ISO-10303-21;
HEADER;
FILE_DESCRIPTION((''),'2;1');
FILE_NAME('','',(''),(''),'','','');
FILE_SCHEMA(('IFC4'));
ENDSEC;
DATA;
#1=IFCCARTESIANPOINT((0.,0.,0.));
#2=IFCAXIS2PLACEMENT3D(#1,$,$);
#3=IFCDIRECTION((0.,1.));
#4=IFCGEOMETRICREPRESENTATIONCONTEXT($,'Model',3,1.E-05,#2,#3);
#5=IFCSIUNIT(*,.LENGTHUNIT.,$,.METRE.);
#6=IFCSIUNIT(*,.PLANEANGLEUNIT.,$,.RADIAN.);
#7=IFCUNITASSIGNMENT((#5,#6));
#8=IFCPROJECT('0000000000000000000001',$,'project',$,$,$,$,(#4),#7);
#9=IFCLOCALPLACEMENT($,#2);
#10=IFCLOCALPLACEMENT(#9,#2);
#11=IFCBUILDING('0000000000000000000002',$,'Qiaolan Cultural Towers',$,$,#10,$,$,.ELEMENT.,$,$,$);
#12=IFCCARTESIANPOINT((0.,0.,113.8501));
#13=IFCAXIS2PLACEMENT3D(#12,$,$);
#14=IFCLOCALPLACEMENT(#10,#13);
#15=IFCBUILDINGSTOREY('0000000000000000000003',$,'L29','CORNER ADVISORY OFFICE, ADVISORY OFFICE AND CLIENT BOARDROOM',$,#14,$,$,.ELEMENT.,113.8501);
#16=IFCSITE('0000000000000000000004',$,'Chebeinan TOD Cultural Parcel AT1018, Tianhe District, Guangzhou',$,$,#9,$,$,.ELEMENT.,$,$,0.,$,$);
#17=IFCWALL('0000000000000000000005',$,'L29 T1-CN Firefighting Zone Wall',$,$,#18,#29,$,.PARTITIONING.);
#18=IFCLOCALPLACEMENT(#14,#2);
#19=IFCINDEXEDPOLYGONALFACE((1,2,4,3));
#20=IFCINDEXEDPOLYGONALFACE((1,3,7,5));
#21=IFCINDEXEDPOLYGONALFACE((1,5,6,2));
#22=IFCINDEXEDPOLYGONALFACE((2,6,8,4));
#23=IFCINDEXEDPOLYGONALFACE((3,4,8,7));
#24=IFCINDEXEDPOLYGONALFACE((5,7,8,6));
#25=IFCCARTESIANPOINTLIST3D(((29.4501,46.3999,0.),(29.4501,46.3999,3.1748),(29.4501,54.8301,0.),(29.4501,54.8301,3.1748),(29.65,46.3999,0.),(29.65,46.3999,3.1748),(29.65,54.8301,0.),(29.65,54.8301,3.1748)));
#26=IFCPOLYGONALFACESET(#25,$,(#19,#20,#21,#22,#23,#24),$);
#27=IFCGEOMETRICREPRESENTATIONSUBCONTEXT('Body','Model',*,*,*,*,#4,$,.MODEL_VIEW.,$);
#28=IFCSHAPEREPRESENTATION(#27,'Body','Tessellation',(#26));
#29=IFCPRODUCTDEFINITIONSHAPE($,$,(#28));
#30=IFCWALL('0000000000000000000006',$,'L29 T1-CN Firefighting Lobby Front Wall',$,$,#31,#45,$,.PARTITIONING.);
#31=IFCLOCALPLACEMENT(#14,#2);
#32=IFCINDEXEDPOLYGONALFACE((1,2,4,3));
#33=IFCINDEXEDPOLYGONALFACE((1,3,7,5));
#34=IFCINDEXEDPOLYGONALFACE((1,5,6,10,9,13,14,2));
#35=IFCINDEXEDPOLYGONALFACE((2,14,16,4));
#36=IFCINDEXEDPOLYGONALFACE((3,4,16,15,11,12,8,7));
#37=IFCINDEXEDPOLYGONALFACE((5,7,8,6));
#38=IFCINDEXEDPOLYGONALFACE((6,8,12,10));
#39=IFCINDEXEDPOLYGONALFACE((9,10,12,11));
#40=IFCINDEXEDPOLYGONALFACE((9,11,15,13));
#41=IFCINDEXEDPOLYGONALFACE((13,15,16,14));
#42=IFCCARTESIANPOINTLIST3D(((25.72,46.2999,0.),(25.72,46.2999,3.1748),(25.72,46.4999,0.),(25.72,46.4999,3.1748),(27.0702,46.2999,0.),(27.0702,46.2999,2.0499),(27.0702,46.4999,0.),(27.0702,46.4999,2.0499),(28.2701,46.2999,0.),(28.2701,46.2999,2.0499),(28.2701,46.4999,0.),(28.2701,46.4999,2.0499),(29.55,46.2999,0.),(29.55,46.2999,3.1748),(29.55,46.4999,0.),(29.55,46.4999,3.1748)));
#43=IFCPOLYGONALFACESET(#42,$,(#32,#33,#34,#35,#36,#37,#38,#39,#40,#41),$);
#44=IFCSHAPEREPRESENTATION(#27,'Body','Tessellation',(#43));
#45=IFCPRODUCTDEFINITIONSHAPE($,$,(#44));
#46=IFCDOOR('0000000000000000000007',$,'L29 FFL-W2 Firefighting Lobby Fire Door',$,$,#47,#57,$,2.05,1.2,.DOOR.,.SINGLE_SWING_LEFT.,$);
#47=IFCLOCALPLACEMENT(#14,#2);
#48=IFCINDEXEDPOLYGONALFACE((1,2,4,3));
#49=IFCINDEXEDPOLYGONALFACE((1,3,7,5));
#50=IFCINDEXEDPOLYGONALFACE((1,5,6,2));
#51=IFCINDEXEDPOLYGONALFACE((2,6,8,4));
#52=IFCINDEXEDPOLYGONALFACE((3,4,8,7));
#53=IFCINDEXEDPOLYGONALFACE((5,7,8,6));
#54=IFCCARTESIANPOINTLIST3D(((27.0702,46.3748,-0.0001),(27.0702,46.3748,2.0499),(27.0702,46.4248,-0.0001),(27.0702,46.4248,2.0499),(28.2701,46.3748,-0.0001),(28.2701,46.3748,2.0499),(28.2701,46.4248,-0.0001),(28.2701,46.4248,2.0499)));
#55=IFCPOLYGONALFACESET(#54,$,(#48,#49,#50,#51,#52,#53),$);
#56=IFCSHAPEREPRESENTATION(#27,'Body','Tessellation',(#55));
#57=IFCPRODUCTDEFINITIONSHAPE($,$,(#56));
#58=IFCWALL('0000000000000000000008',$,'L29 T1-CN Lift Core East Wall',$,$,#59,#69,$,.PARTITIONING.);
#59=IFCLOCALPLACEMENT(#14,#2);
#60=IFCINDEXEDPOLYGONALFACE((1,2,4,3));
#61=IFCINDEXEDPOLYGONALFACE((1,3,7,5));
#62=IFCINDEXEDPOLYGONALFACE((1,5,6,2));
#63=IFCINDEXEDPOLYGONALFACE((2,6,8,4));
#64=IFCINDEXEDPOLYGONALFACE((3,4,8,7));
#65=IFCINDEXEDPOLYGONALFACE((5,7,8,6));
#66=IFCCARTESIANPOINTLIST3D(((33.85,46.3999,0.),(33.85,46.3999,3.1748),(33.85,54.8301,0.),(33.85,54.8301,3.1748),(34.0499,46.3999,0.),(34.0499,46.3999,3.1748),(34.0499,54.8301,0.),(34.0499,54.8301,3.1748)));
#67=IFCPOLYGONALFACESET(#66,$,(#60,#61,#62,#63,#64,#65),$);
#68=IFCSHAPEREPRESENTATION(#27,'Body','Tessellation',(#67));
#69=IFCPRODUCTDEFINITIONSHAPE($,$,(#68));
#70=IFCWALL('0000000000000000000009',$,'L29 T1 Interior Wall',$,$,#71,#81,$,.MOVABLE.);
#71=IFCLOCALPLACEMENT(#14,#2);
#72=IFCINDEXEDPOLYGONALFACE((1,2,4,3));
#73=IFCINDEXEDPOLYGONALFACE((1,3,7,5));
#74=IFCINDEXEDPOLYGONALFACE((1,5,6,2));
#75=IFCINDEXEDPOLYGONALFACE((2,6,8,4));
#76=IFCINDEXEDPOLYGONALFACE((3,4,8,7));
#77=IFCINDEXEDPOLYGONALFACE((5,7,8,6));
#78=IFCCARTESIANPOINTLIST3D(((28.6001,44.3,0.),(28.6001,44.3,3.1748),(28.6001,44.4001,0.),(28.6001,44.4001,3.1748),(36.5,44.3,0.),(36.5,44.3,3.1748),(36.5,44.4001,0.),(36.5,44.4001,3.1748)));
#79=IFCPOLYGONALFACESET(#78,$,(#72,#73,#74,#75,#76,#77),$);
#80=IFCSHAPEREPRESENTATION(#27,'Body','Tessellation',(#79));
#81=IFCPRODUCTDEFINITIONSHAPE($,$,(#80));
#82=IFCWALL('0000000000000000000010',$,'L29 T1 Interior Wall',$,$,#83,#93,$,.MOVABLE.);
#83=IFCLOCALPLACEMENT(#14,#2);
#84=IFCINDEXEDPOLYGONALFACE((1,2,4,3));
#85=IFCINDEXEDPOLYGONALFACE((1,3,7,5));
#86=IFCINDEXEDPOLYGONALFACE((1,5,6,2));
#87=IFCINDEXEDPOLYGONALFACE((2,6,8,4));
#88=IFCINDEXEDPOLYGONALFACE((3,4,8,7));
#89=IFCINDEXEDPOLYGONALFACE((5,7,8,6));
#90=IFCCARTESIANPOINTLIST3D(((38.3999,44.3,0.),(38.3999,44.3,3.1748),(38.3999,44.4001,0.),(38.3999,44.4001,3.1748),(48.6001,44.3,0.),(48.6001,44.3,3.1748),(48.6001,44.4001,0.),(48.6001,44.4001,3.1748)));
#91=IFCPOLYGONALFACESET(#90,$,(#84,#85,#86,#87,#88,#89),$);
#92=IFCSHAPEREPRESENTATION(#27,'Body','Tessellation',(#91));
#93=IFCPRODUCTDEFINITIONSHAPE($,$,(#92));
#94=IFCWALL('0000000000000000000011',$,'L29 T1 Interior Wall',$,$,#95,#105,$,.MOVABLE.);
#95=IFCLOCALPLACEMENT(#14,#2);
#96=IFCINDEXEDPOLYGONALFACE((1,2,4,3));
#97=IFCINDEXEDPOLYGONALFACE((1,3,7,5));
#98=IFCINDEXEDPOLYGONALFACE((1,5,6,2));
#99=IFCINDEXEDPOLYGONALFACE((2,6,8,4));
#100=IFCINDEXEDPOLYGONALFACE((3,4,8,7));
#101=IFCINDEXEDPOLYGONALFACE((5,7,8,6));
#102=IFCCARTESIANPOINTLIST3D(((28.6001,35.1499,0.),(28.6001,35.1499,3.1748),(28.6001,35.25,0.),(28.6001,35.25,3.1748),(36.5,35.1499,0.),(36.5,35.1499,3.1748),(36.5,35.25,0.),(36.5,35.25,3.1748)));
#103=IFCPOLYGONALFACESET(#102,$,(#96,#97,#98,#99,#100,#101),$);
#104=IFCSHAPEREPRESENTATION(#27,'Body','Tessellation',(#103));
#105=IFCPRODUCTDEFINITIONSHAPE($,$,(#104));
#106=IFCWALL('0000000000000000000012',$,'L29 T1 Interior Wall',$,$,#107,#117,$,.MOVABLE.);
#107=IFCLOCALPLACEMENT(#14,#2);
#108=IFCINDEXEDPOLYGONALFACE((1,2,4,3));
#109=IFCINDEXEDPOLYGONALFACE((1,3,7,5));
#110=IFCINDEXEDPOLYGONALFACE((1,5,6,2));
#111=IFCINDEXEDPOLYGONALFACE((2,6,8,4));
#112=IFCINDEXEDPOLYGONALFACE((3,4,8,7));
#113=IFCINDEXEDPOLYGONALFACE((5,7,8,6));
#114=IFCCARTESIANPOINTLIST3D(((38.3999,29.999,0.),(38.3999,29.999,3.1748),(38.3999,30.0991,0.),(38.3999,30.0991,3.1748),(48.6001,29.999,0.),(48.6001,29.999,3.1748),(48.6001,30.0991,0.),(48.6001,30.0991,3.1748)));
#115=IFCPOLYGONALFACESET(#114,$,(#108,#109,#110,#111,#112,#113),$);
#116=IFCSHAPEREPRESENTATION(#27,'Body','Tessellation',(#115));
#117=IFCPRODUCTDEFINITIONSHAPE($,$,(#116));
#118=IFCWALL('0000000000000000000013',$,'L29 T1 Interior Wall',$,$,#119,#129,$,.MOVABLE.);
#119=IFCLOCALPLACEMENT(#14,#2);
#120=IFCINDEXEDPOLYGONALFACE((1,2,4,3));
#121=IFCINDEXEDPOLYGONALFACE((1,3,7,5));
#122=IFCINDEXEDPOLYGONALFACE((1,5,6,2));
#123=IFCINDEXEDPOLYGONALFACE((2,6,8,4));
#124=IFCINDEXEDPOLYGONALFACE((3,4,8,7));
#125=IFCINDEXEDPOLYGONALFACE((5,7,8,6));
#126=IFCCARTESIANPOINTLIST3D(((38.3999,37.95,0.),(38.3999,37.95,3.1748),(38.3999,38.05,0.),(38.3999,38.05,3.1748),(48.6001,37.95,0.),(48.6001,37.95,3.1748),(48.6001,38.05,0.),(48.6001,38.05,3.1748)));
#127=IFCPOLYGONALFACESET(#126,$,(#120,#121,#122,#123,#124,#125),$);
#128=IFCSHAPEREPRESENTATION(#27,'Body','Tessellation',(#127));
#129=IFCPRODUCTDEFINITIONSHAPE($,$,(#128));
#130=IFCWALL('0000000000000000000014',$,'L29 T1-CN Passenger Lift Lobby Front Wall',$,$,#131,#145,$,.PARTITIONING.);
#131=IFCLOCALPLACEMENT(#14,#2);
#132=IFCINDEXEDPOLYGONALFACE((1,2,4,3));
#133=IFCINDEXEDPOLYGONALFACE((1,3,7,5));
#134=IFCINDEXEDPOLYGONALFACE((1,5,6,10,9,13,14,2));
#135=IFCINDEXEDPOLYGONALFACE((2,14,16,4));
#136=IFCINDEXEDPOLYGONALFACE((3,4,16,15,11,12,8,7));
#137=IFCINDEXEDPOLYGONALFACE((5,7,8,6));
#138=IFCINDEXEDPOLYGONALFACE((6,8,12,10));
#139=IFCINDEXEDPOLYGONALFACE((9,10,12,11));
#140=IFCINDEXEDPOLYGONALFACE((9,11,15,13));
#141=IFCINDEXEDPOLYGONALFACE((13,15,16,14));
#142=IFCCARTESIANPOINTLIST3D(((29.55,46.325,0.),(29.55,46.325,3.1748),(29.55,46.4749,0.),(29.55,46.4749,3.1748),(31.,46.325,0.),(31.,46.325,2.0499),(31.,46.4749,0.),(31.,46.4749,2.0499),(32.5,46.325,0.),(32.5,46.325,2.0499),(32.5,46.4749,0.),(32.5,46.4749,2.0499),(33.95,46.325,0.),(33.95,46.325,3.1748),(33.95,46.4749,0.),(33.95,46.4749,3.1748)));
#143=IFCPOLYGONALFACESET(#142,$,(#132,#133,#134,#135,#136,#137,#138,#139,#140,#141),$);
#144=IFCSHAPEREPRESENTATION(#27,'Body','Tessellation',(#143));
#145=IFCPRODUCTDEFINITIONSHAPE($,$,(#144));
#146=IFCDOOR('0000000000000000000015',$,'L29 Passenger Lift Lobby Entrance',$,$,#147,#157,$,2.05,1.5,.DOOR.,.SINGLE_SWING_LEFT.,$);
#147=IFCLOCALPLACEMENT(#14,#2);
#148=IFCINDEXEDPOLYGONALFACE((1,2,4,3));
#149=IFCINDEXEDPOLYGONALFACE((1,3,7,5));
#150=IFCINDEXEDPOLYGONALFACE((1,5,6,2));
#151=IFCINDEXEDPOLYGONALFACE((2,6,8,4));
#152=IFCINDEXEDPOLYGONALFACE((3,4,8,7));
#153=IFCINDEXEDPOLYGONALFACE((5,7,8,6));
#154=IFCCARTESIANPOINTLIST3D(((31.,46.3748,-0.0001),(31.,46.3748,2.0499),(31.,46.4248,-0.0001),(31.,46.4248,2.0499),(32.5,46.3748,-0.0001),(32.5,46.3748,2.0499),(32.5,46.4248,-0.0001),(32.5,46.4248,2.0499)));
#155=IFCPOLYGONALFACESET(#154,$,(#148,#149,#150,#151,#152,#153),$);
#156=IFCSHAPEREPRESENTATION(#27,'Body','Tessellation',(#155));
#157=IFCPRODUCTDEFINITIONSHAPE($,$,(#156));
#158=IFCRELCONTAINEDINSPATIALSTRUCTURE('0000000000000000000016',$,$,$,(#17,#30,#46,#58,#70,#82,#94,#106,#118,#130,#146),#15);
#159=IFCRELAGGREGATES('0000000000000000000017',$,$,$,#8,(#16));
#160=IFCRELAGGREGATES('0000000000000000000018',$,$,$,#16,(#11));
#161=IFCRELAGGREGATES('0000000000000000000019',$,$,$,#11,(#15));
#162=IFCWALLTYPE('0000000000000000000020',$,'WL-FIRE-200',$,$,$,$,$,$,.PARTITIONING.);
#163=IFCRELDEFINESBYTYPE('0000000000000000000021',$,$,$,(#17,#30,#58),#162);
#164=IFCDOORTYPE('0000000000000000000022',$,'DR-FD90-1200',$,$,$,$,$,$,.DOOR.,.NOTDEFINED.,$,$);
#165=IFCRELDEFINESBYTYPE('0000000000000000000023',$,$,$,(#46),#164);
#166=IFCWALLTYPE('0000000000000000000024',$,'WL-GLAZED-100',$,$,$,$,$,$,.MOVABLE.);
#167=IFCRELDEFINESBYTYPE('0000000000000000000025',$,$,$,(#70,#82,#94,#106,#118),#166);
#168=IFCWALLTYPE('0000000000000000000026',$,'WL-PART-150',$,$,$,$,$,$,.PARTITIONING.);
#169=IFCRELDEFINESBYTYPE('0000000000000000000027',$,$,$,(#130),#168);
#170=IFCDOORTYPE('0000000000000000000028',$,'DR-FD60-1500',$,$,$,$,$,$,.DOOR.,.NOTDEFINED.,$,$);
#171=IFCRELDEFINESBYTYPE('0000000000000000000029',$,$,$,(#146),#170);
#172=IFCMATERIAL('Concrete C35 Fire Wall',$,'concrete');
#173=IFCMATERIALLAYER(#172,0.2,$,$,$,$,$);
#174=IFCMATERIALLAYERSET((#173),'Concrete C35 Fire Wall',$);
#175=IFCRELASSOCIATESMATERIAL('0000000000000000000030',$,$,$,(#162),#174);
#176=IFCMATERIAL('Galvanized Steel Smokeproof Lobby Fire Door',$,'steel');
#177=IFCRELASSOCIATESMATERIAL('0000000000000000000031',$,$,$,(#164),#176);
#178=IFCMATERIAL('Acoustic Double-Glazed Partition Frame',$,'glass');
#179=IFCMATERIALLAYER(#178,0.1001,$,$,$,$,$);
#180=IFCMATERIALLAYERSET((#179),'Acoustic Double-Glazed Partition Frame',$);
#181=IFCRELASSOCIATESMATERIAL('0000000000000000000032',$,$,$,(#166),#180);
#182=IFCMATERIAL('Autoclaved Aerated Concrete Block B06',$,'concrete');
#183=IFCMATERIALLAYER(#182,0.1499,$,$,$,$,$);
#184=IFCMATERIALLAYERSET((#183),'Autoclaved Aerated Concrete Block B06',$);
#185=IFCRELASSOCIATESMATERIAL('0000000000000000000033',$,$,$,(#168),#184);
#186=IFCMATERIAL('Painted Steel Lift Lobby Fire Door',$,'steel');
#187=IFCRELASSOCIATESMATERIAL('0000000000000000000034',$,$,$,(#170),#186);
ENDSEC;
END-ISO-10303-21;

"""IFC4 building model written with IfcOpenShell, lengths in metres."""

from ifc_helpers import new_model, si_unit, direction, frame, frame_2d, origin, place, context, subcontext, project, spatial, rectangle, extrude, material, layer, layer_set, type_object, element, fill, save


model = new_model("IFC4")

# Units and contexts
model_context = context("Model", 3, precision=1e-05, world=origin(), true_north=direction((0.0, 1.0)))
body_context = subcontext(model_context, "Body", "Model", "MODEL_VIEW")
ifc_project = project(units=[si_unit("LENGTHUNIT", "METRE"), si_unit("PLANEANGLEUNIT", "RADIAN")], contexts=[model_context])

# Site, building, storey
site_placement = place(None, origin())
site = spatial("IfcSite", under=ifc_project, at=site_placement, Name="Chebeinan TOD Cultural Parcel AT1018, Tianhe District, Guangzhou", CompositionType="ELEMENT", RefElevation=0.0)
building_placement = place(site_placement, origin())
building = spatial("IfcBuilding", under=site, at=building_placement, Name="Qiaolan Cultural Towers", CompositionType="ELEMENT")
storey_placement = place(building_placement, frame((0.0, 0.0, 113.8501)))
storey = spatial("IfcBuildingStorey", under=building, at=storey_placement, Name="L29", Description="CORNER ADVISORY OFFICE, ADVISORY OFFICE AND CLIENT BOARDROOM", CompositionType="ELEMENT", Elevation=113.8501)

# Shared definitions
ifc_material_1 = material(Name="Concrete C35 Fire Wall", Category="concrete")
ifc_layer_1 = layer(ifc_material_1, 0.2)
ifc_layer_set_1 = layer_set([ifc_layer_1], Name="Concrete C35 Fire Wall")
wall_type_1 = type_object("IfcWallType", Name="WL-FIRE-200", PredefinedType="PARTITIONING", material=ifc_layer_set_1)

# Wall
wall_1_placement = place(storey_placement, frame((29.55, 46.3999, 0.0), z_axis=(0.0, 0.0, 1.0), x_axis=(0.0, 1.0, 0.0)))
element("IfcWall", 1, at=wall_1_placement, inside=storey, type_object=wall_type_1, Name="L29 T1-CN Firefighting Zone Wall", PredefinedType="PARTITIONING", context=body_context, shape_type="SweptSolid", body=[
    extrude(rectangle(XDim=8.4302, YDim=0.2, at=frame_2d((4.2151, 0.0))), origin(), (0.0, 0.0, 1.0), 3.1748),
])

# Wall, opening, door
wall_2_placement = place(storey_placement, frame((25.72, 46.3999, 0.0), z_axis=(0.0, 0.0, 1.0), x_axis=(1.0, 0.0, 0.0)))
wall_2 = element("IfcWall", 2, at=wall_2_placement, inside=storey, type_object=wall_type_1, Name="L29 T1-CN Firefighting Lobby Front Wall", PredefinedType="PARTITIONING", context=body_context, shape_type="SweptSolid", body=[
    extrude(rectangle(XDim=3.8301, YDim=0.2, at=frame_2d((1.915, 0.0))), origin(), (0.0, 0.0, 1.0), 3.1748),
])
opening_1_placement = place(wall_2_placement, frame((1.3501, 0.0, 0.0)))
opening_1 = element("IfcOpeningElement", 3, at=opening_1_placement, cuts=wall_2, PredefinedType="OPENING", context=body_context, shape_type="SweptSolid", body=[
    extrude(rectangle(XDim=1.2, YDim=2.05, at=frame_2d((0.6001, 1.0249))), frame((0.0, 0.1099, 0.0), z_axis=(0.0, -1.0, 0.0), x_axis=(1.0, 0.0, 0.0)), (0.0, 0.0, 1.0), 0.22),
])
ifc_material_2 = material(Name="Galvanized Steel Smokeproof Lobby Fire Door", Category="steel")
door_type_1 = type_object("IfcDoorType", Name="DR-FD90-1200", OperationType="NOTDEFINED", PredefinedType="DOOR", material=ifc_material_2)
door_1_placement = place(opening_1_placement, origin())
door_1 = element("IfcDoor", 4, at=door_1_placement, inside=storey, type_object=door_type_1, Name="L29 FFL-W2 Firefighting Lobby Fire Door", OperationType="SINGLE_SWING_LEFT", OverallHeight=2.05, OverallWidth=1.2, PredefinedType="DOOR", context=body_context, shape_type="SweptSolid", body=[
    extrude(rectangle(XDim=1.2, YDim=2.05, at=frame_2d((0.6001, 1.0249))), frame((0.0, 0.0249, 0.0), z_axis=(0.0, -1.0, 0.0), x_axis=(1.0, 0.0, 0.0)), (0.0, 0.0, 1.0), 0.05),
])
fill(opening_1, door_1)

# Walls
wall_3_placement = place(storey_placement, frame((33.95, 46.3999, 0.0), z_axis=(0.0, 0.0, 1.0), x_axis=(0.0, 1.0, 0.0)))
element("IfcWall", 5, at=wall_3_placement, inside=storey, type_object=wall_type_1, Name="L29 T1-CN Lift Core East Wall", PredefinedType="PARTITIONING", context=body_context, shape_type="SweptSolid", body=[
    extrude(rectangle(XDim=8.4302, YDim=0.2, at=frame_2d((4.2151, 0.0))), origin(), (0.0, 0.0, 1.0), 3.1748),
])
ifc_material_3 = material(Name="Acoustic Double-Glazed Partition Frame", Category="glass")
ifc_layer_2 = layer(ifc_material_3, 0.1001)
ifc_layer_set_2 = layer_set([ifc_layer_2], Name="Acoustic Double-Glazed Partition Frame")
wall_type_2 = type_object("IfcWallType", Name="WL-GLAZED-100", PredefinedType="MOVABLE", material=ifc_layer_set_2)
wall_4_placement = place(storey_placement, frame((28.6001, 44.3501, 0.0), z_axis=(0.0, 0.0, 1.0), x_axis=(1.0, 0.0, 0.0)))
element("IfcWall", 6, at=wall_4_placement, inside=storey, type_object=wall_type_2, Name="L29 T1 Interior Wall", PredefinedType="MOVABLE", context=body_context, shape_type="SweptSolid", body=[
    extrude(rectangle(XDim=7.8999, YDim=0.1001, at=frame_2d((3.95, 0.0))), origin(), (0.0, 0.0, 1.0), 3.1748),
])
wall_5_placement = place(storey_placement, frame((38.3999, 44.3501, 0.0), z_axis=(0.0, 0.0, 1.0), x_axis=(1.0, 0.0, 0.0)))
element("IfcWall", 7, at=wall_5_placement, inside=storey, type_object=wall_type_2, Name="L29 T1 Interior Wall", PredefinedType="MOVABLE", context=body_context, shape_type="SweptSolid", body=[
    extrude(rectangle(XDim=10.2002, YDim=0.1001, at=frame_2d((5.1001, 0.0))), origin(), (0.0, 0.0, 1.0), 3.1748),
])
wall_6_placement = place(storey_placement, frame((28.6001, 35.2, 0.0), z_axis=(0.0, 0.0, 1.0), x_axis=(1.0, 0.0, 0.0)))
element("IfcWall", 8, at=wall_6_placement, inside=storey, type_object=wall_type_2, Name="L29 T1 Interior Wall", PredefinedType="MOVABLE", context=body_context, shape_type="SweptSolid", body=[
    extrude(rectangle(XDim=7.8999, YDim=0.1001, at=frame_2d((3.95, 0.0))), origin(), (0.0, 0.0, 1.0), 3.1748),
])
for number, where, z_axis, x_axis, name in (
    (9, (38.3999, 30.0491, 0.0), (0.0, 0.0, 1.0), (1.0, 0.0, 0.0), "L29 T1 Interior Wall"),
    (10, (38.3999, 38.0, 0.0), (0.0, 0.0, 1.0), (1.0, 0.0, 0.0), "L29 T1 Interior Wall"),
):
    element("IfcWall", number, at=place(storey_placement, frame(where, z_axis=z_axis, x_axis=x_axis)), inside=storey, type_object=wall_type_2, Name=name, PredefinedType="MOVABLE", context=body_context, shape_type="SweptSolid", body=[
        extrude(rectangle(XDim=10.2002, YDim=0.1001, at=frame_2d((5.1001, 0.0))), origin(), (0.0, 0.0, 1.0), 3.1748),
    ])

# Wall, opening, door
ifc_material_4 = material(Name="Autoclaved Aerated Concrete Block B06", Category="concrete")
ifc_layer_3 = layer(ifc_material_4, 0.1499)
ifc_layer_set_3 = layer_set([ifc_layer_3], Name="Autoclaved Aerated Concrete Block B06")
wall_type_3 = type_object("IfcWallType", Name="WL-PART-150", PredefinedType="PARTITIONING", material=ifc_layer_set_3)
wall_7_placement = place(storey_placement, frame((29.55, 46.3999, 0.0), z_axis=(0.0, 0.0, 1.0), x_axis=(1.0, 0.0, 0.0)))
wall_7 = element("IfcWall", 11, at=wall_7_placement, inside=storey, type_object=wall_type_3, Name="L29 T1-CN Passenger Lift Lobby Front Wall", PredefinedType="PARTITIONING", context=body_context, shape_type="SweptSolid", body=[
    extrude(rectangle(XDim=4.3999, YDim=0.1499, at=frame_2d((2.2, 0.0))), origin(), (0.0, 0.0, 1.0), 3.1748),
])
opening_2_placement = place(wall_7_placement, frame((1.45, 0.0, 0.0)))
opening_2 = element("IfcOpeningElement", 12, at=opening_2_placement, cuts=wall_7, PredefinedType="OPENING", context=body_context, shape_type="SweptSolid", body=[
    extrude(rectangle(XDim=1.5, YDim=2.05, at=frame_2d((0.75, 1.0249))), frame((0.0, 0.085, 0.0), z_axis=(0.0, -1.0, 0.0), x_axis=(1.0, 0.0, 0.0)), (0.0, 0.0, 1.0), 0.1699),
])
ifc_material_5 = material(Name="Painted Steel Lift Lobby Fire Door", Category="steel")
door_type_2 = type_object("IfcDoorType", Name="DR-FD60-1500", OperationType="NOTDEFINED", PredefinedType="DOOR", material=ifc_material_5)
door_2_placement = place(opening_2_placement, origin())
door_2 = element("IfcDoor", 13, at=door_2_placement, inside=storey, type_object=door_type_2, Name="L29 Passenger Lift Lobby Entrance", OperationType="SINGLE_SWING_LEFT", OverallHeight=2.05, OverallWidth=1.5, PredefinedType="DOOR", context=body_context, shape_type="SweptSolid", body=[
    extrude(rectangle(XDim=1.5, YDim=2.05, at=frame_2d((0.75, 1.0249))), frame((0.0, 0.0249, 0.0), z_axis=(0.0, -1.0, 0.0), x_axis=(1.0, 0.0, 0.0)), (0.0, 0.0, 1.0), 0.05),
])
fill(opening_2, door_2)

save(model, "model.ifc")
